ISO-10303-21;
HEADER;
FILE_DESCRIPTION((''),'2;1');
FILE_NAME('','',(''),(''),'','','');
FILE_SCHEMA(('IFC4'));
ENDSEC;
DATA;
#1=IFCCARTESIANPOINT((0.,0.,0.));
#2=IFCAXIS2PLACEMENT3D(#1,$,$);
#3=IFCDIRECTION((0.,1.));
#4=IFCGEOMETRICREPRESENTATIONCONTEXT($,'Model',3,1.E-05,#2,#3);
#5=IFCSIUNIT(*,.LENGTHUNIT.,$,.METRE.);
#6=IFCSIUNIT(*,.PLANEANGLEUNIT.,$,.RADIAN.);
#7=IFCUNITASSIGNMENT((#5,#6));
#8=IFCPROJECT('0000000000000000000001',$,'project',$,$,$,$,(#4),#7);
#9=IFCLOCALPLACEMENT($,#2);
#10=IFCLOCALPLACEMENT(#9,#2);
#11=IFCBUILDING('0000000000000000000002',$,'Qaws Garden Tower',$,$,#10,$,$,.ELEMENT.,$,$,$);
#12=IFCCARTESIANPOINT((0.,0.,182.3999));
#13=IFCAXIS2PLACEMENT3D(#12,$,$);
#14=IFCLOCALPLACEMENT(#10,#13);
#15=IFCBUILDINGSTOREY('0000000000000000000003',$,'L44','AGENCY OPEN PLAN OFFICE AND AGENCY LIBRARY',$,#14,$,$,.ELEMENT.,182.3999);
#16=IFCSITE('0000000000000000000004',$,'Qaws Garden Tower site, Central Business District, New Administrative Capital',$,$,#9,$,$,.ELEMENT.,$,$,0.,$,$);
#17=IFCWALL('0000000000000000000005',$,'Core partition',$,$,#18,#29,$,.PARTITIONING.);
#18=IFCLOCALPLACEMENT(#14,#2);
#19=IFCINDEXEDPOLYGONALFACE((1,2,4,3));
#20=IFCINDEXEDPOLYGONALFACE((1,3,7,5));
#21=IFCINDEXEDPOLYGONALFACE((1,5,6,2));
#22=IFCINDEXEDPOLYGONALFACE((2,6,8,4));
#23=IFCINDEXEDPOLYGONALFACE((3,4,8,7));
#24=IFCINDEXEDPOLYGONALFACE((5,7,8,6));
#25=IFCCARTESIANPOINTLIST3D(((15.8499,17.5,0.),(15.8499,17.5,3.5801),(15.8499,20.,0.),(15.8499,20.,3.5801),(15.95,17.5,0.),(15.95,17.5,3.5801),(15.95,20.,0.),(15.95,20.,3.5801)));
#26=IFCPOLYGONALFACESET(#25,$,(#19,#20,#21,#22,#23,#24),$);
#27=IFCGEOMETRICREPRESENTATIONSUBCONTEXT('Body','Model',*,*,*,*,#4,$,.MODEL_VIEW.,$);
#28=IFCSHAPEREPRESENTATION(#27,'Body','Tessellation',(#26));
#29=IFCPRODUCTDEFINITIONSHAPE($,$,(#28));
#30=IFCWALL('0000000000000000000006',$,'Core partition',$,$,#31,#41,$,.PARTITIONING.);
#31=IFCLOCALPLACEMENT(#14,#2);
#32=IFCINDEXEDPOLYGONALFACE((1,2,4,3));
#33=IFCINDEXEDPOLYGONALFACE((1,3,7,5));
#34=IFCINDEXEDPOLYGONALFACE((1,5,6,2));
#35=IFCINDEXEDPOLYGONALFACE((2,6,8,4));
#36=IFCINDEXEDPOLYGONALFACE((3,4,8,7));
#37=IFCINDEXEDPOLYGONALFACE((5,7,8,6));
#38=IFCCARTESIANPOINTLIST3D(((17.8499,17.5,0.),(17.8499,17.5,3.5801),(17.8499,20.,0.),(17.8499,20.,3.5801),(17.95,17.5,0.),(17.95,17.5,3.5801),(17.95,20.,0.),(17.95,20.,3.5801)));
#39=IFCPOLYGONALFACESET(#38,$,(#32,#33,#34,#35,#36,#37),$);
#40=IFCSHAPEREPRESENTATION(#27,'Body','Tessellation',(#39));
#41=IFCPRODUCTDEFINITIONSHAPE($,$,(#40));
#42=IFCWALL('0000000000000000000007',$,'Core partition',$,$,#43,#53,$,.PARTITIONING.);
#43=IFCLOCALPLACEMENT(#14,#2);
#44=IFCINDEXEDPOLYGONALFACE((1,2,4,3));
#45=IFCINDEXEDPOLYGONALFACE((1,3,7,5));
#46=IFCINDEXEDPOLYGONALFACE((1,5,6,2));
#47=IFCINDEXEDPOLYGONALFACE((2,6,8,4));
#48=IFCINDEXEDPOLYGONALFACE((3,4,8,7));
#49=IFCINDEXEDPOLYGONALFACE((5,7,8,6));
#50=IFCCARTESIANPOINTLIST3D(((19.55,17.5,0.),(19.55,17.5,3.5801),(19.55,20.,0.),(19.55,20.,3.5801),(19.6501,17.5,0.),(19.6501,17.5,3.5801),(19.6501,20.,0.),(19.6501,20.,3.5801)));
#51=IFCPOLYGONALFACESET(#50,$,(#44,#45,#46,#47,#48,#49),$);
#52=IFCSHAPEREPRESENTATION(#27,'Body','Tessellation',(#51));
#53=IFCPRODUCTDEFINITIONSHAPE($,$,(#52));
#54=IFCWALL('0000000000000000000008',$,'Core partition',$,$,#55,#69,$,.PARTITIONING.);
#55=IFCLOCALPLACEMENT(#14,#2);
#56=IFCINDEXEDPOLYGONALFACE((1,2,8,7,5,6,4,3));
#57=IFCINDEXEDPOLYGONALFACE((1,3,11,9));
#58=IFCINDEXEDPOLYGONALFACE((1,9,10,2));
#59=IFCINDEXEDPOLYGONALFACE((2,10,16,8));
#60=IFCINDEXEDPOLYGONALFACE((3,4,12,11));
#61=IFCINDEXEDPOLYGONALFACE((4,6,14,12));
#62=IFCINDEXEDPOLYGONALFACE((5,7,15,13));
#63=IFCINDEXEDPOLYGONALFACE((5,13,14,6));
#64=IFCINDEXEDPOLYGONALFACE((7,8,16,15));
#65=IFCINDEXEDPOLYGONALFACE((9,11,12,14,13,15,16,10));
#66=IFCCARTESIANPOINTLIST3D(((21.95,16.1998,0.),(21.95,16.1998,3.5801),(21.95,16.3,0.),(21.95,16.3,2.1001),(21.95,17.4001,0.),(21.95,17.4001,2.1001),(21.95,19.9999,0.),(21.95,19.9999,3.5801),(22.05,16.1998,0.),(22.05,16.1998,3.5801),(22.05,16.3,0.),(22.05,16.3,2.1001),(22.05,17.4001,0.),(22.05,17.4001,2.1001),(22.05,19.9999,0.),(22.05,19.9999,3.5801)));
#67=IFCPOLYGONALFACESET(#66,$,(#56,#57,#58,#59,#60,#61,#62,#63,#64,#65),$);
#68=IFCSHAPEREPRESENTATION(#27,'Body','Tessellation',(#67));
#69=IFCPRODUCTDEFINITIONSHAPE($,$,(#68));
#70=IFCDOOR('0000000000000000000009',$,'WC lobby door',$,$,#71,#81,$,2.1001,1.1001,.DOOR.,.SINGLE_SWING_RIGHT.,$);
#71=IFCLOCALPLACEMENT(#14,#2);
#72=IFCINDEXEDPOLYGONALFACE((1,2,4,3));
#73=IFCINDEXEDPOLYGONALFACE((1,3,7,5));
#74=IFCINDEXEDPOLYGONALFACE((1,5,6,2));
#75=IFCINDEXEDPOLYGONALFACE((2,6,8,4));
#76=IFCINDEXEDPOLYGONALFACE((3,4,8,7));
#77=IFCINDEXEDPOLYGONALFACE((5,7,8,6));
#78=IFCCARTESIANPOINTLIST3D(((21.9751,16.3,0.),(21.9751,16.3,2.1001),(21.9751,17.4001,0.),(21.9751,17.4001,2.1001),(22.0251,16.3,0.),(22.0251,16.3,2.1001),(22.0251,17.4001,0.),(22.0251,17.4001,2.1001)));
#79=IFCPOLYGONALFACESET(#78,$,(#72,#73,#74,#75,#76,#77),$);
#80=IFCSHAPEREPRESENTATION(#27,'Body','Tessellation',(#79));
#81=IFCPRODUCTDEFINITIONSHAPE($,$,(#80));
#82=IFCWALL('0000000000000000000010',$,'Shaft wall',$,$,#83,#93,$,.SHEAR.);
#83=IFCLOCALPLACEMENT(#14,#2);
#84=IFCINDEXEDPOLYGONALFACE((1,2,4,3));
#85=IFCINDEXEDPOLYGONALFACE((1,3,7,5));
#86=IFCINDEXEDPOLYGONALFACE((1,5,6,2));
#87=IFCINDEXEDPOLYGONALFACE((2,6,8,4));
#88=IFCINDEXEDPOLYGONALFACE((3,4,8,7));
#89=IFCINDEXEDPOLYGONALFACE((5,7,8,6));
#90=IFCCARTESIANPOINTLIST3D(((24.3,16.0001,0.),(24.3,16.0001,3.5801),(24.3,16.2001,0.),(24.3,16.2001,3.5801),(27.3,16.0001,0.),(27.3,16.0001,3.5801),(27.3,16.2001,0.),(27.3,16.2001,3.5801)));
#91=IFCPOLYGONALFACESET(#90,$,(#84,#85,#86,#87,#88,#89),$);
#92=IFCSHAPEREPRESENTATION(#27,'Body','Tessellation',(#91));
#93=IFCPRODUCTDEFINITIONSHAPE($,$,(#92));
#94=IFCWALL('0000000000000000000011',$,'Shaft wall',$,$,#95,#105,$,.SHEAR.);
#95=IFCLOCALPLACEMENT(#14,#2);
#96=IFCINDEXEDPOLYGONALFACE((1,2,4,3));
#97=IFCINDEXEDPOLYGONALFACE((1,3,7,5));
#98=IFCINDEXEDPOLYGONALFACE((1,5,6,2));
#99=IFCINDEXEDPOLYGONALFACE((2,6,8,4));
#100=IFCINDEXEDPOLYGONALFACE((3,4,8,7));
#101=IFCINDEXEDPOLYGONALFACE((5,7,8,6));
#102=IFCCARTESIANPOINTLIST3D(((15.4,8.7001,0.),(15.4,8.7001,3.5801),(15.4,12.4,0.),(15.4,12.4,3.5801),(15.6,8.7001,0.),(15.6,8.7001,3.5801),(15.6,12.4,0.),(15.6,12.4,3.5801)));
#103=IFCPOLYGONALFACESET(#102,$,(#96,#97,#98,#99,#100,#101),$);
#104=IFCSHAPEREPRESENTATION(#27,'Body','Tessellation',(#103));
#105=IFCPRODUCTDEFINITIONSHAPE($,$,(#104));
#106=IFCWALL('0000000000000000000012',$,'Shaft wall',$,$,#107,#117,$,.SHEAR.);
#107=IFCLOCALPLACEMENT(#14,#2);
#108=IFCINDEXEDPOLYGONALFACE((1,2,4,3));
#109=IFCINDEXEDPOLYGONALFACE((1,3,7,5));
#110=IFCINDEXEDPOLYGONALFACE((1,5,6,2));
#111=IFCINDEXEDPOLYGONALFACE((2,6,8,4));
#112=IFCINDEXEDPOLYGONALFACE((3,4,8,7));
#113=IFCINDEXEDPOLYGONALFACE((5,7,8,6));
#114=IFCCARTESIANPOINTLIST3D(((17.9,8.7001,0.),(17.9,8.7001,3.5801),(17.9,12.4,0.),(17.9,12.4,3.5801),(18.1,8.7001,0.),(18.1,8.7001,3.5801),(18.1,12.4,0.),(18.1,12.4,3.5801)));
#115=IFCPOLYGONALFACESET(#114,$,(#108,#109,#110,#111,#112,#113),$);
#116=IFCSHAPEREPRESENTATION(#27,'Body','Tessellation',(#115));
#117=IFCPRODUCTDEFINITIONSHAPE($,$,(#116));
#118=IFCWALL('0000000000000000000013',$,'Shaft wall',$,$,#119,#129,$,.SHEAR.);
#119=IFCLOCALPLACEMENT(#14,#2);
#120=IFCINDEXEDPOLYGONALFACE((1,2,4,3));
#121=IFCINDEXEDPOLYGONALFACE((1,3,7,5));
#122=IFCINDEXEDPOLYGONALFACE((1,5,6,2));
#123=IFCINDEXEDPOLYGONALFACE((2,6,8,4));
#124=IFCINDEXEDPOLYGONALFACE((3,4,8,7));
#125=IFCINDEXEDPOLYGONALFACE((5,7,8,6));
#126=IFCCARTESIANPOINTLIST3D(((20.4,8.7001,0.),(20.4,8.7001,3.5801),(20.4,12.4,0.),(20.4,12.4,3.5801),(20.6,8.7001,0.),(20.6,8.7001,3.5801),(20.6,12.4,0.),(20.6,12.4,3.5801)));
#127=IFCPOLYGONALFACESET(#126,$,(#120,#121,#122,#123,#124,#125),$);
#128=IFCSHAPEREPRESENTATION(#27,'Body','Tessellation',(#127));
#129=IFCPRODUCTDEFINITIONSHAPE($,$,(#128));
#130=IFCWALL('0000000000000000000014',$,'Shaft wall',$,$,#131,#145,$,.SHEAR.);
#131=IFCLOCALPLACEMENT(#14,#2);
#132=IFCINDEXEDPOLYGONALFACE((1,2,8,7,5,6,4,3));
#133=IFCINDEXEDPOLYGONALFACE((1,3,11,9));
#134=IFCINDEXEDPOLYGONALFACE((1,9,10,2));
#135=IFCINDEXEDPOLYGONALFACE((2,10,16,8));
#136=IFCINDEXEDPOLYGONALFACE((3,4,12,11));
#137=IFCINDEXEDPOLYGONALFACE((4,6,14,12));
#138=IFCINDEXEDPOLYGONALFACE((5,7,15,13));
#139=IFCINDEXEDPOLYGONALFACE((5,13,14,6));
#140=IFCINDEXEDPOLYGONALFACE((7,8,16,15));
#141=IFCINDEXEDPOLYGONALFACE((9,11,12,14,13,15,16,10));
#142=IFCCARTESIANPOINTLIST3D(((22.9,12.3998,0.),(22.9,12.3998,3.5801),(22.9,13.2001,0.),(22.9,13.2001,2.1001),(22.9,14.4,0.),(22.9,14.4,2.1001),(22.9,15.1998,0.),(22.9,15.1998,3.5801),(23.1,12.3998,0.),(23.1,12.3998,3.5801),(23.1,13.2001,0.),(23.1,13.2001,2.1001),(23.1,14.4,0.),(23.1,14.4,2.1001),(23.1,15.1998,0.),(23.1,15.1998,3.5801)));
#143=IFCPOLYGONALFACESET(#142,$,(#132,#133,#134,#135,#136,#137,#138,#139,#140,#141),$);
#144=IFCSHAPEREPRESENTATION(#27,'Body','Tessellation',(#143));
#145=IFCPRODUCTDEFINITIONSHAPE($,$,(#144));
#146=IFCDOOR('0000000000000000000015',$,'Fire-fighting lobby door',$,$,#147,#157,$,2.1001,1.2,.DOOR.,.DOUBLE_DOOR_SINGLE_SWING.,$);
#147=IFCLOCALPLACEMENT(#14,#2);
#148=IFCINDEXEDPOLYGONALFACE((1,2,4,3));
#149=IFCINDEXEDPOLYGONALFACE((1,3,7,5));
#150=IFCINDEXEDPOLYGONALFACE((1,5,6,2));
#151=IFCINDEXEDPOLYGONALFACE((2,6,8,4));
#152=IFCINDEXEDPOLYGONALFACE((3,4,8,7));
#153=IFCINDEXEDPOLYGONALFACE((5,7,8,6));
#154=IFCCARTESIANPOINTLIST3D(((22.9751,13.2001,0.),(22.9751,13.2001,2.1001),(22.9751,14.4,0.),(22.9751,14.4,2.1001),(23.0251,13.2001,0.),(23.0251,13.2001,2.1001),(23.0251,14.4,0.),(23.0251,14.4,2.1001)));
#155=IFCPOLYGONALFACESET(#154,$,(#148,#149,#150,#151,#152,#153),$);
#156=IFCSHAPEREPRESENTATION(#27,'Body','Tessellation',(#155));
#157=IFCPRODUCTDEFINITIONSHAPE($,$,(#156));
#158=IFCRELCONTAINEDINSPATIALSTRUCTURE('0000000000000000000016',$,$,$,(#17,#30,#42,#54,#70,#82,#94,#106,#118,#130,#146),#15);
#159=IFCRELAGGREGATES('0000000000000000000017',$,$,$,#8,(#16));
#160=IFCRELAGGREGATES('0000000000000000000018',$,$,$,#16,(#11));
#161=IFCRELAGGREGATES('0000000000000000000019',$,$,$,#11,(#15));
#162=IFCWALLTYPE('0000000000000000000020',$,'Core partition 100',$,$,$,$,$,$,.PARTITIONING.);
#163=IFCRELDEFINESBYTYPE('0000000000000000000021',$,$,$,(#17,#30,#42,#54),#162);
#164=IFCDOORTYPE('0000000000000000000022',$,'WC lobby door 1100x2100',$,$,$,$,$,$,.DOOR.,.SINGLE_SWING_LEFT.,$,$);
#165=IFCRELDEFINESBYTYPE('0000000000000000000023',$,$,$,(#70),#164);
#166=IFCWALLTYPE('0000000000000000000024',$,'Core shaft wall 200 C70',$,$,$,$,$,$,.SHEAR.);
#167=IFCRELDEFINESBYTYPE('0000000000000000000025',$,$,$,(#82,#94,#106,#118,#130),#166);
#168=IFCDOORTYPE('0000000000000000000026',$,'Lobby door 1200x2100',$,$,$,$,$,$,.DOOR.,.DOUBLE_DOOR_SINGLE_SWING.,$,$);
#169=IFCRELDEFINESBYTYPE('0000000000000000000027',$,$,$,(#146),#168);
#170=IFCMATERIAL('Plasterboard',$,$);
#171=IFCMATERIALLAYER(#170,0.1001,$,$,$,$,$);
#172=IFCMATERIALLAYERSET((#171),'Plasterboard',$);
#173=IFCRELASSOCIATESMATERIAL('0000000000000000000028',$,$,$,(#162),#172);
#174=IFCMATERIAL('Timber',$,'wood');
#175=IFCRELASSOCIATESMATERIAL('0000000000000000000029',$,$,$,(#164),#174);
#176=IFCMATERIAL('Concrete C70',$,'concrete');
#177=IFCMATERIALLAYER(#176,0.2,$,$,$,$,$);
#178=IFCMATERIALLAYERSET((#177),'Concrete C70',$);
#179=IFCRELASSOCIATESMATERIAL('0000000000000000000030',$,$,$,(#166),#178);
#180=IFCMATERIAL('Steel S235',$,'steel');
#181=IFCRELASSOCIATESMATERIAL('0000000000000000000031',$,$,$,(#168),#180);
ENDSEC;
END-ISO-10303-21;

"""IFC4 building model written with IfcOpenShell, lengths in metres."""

from ifc_helpers import new_model, si_unit, direction, frame, frame_2d, origin, place, context, subcontext, project, spatial, rectangle, extrude, material, layer, layer_set, type_object, element, fill, save


model = new_model("IFC4")

# Units and contexts
model_context = context("Model", 3, precision=1e-05, world=origin(), true_north=direction((0.0, 1.0)))
body_context = subcontext(model_context, "Body", "Model", "MODEL_VIEW")
ifc_project = project(units=[si_unit("LENGTHUNIT", "METRE"), si_unit("PLANEANGLEUNIT", "RADIAN")], contexts=[model_context])

# Site, building, storey
site_placement = place(None, origin())
site = spatial("IfcSite", under=ifc_project, at=site_placement, Name="Qaws Garden Tower site, Central Business District, New Administrative Capital", CompositionType="ELEMENT", RefElevation=0.0)
building_placement = place(site_placement, origin())
building = spatial("IfcBuilding", under=site, at=building_placement, Name="Qaws Garden Tower", CompositionType="ELEMENT")
storey_placement = place(building_placement, frame((0.0, 0.0, 182.3999)))
storey = spatial("IfcBuildingStorey", under=building, at=storey_placement, Name="L44", Description="AGENCY OPEN PLAN OFFICE AND AGENCY LIBRARY", CompositionType="ELEMENT", Elevation=182.3999)

# Shared definitions
ifc_material_1 = material(Name="Plasterboard")
ifc_layer_1 = layer(ifc_material_1, 0.1001)
ifc_layer_set_1 = layer_set([ifc_layer_1], Name="Plasterboard")
wall_type_1 = type_object("IfcWallType", Name="Core partition 100", PredefinedType="PARTITIONING", material=ifc_layer_set_1)

# Walls
for number, where, z_axis, x_axis, name in (
    (1, (15.8999, 17.5, 0.0), (0.0, 0.0, 1.0), (0.0, 1.0, 0.0), "Core partition"),
    (2, (17.8999, 17.5, 0.0), (0.0, 0.0, 1.0), (0.0, 1.0, 0.0), "Core partition"),
    (3, (19.6001, 17.5, 0.0), (0.0, 0.0, 1.0), (0.0, 1.0, 0.0), "Core partition"),
):
    element("IfcWall", number, at=place(storey_placement, frame(where, z_axis=z_axis, x_axis=x_axis)), inside=storey, type_object=wall_type_1, Name=name, PredefinedType="PARTITIONING", context=body_context, shape_type="SweptSolid", body=[
        extrude(rectangle(XDim=2.5, YDim=0.1001, at=frame_2d((1.25, 0.0))), origin(), (0.0, 0.0, 1.0), 3.5801),
    ])

# Wall, opening, door
wall_1_placement = place(storey_placement, frame((22.0, 16.2, 0.0), z_axis=(0.0, 0.0, 1.0), x_axis=(0.0, 1.0, 0.0)))
wall_1 = element("IfcWall", 4, at=wall_1_placement, inside=storey, type_object=wall_type_1, Name="Core partition", PredefinedType="PARTITIONING", context=body_context, shape_type="SweptSolid", body=[
    extrude(rectangle(XDim=3.8, YDim=0.1001, at=frame_2d((1.8999, 0.0))), origin(), (0.0, 0.0, 1.0), 3.5801),
])
opening_1_placement = place(wall_1_placement, frame((0.1001, 0.0, 0.0)))
opening_1 = element("IfcOpeningElement", 5, at=opening_1_placement, cuts=wall_1, PredefinedType="OPENING", context=body_context, shape_type="SweptSolid", body=[
    extrude(rectangle(XDim=1.1001, YDim=2.1001, at=frame_2d((0.55, 1.05))), frame((0.0, 0.0601, 0.0), z_axis=(0.0, -1.0, 0.0), x_axis=(1.0, 0.0, 0.0)), (0.0, 0.0, 1.0), 0.1201),
])
ifc_material_2 = material(Name="Timber", Category="wood")
door_type_1 = type_object("IfcDoorType", Name="WC lobby door 1100x2100", OperationType="SINGLE_SWING_LEFT", PredefinedType="DOOR", material=ifc_material_2)
door_1_placement = place(opening_1_placement, origin())
door_1 = element("IfcDoor", 6, at=door_1_placement, inside=storey, type_object=door_type_1, Name="WC lobby door", OperationType="SINGLE_SWING_RIGHT", OverallHeight=2.1001, OverallWidth=1.1001, PredefinedType="DOOR", context=body_context, shape_type="SweptSolid", body=[
    extrude(rectangle(XDim=1.1001, YDim=2.1001, at=frame_2d((0.55, 1.05))), frame((0.0, 0.0249, 0.0), z_axis=(0.0, -1.0, 0.0), x_axis=(1.0, 0.0, 0.0)), (0.0, 0.0, 1.0), 0.05),
])
fill(opening_1, door_1)

# Walls
ifc_material_3 = material(Name="Concrete C70", Category="concrete")
ifc_layer_2 = layer(ifc_material_3, 0.2)
ifc_layer_set_2 = layer_set([ifc_layer_2], Name="Concrete C70")
wall_type_2 = type_object("IfcWallType", Name="Core shaft wall 200 C70", PredefinedType="SHEAR", material=ifc_layer_set_2)
wall_2_placement = place(storey_placement, frame((24.3, 16.1001, 0.0), z_axis=(0.0, 0.0, 1.0), x_axis=(1.0, 0.0, 0.0)))
element("IfcWall", 7, at=wall_2_placement, inside=storey, type_object=wall_type_2, Name="Shaft wall", PredefinedType="SHEAR", context=body_context, shape_type="SweptSolid", body=[
    extrude(rectangle(XDim=3.0, YDim=0.2, at=frame_2d((1.5, 0.0))), origin(), (0.0, 0.0, 1.0), 3.5801),
])
for number, where, z_axis, x_axis, name in (
    (8, (15.5, 8.7, 0.0), (0.0, 0.0, 1.0), (0.0, 1.0, 0.0), "Shaft wall"),
    (9, (18.0, 8.7, 0.0), (0.0, 0.0, 1.0), (0.0, 1.0, 0.0), "Shaft wall"),
    (10, (20.5, 8.7, 0.0), (0.0, 0.0, 1.0), (0.0, 1.0, 0.0), "Shaft wall"),
):
    element("IfcWall", number, at=place(storey_placement, frame(where, z_axis=z_axis, x_axis=x_axis)), inside=storey, type_object=wall_type_2, Name=name, PredefinedType="SHEAR", context=body_context, shape_type="SweptSolid", body=[
        extrude(rectangle(XDim=3.7, YDim=0.2, at=frame_2d((1.8501, 0.0))), origin(), (0.0, 0.0, 1.0), 3.5801),
    ])

# Wall, opening, door
wall_3_placement = place(storey_placement, frame((23.0, 12.3999, 0.0), z_axis=(0.0, 0.0, 1.0), x_axis=(0.0, 1.0, 0.0)))
wall_3 = element("IfcWall", 11, at=wall_3_placement, inside=storey, type_object=wall_type_2, Name="Shaft wall", PredefinedType="SHEAR", context=body_context, shape_type="SweptSolid", body=[
    extrude(rectangle(XDim=2.8, YDim=0.2, at=frame_2d((1.3999, 0.0))), origin(), (0.0, 0.0, 1.0), 3.5801),
])
opening_2_placement = place(wall_3_placement, frame((0.8, 0.0, 0.0)))
opening_2 = element("IfcOpeningElement", 12, at=opening_2_placement, cuts=wall_3, PredefinedType="OPENING", context=body_context, shape_type="SweptSolid", body=[
    extrude(rectangle(XDim=1.2, YDim=2.1001, at=frame_2d((0.6001, 1.05))), frame((0.0, 0.1099, 0.0), z_axis=(0.0, -1.0, 0.0), x_axis=(1.0, 0.0, 0.0)), (0.0, 0.0, 1.0), 0.22),
])
ifc_material_4 = material(Name="Steel S235", Category="steel")
door_type_2 = type_object("IfcDoorType", Name="Lobby door 1200x2100", OperationType="DOUBLE_DOOR_SINGLE_SWING", PredefinedType="DOOR", material=ifc_material_4)
door_2_placement = place(opening_2_placement, origin())
door_2 = element("IfcDoor", 13, at=door_2_placement, inside=storey, type_object=door_type_2, Name="Fire-fighting lobby door", OperationType="DOUBLE_DOOR_SINGLE_SWING", OverallHeight=2.1001, OverallWidth=1.2, PredefinedType="DOOR", context=body_context, shape_type="SweptSolid", body=[
    extrude(rectangle(XDim=1.2, YDim=2.1001, at=frame_2d((0.6001, 1.05))), frame((0.0, 0.0249, 0.0), z_axis=(0.0, -1.0, 0.0), x_axis=(1.0, 0.0, 0.0)), (0.0, 0.0, 1.0), 0.05),
])
fill(opening_2, door_2)

save(model, "model.ifc")
